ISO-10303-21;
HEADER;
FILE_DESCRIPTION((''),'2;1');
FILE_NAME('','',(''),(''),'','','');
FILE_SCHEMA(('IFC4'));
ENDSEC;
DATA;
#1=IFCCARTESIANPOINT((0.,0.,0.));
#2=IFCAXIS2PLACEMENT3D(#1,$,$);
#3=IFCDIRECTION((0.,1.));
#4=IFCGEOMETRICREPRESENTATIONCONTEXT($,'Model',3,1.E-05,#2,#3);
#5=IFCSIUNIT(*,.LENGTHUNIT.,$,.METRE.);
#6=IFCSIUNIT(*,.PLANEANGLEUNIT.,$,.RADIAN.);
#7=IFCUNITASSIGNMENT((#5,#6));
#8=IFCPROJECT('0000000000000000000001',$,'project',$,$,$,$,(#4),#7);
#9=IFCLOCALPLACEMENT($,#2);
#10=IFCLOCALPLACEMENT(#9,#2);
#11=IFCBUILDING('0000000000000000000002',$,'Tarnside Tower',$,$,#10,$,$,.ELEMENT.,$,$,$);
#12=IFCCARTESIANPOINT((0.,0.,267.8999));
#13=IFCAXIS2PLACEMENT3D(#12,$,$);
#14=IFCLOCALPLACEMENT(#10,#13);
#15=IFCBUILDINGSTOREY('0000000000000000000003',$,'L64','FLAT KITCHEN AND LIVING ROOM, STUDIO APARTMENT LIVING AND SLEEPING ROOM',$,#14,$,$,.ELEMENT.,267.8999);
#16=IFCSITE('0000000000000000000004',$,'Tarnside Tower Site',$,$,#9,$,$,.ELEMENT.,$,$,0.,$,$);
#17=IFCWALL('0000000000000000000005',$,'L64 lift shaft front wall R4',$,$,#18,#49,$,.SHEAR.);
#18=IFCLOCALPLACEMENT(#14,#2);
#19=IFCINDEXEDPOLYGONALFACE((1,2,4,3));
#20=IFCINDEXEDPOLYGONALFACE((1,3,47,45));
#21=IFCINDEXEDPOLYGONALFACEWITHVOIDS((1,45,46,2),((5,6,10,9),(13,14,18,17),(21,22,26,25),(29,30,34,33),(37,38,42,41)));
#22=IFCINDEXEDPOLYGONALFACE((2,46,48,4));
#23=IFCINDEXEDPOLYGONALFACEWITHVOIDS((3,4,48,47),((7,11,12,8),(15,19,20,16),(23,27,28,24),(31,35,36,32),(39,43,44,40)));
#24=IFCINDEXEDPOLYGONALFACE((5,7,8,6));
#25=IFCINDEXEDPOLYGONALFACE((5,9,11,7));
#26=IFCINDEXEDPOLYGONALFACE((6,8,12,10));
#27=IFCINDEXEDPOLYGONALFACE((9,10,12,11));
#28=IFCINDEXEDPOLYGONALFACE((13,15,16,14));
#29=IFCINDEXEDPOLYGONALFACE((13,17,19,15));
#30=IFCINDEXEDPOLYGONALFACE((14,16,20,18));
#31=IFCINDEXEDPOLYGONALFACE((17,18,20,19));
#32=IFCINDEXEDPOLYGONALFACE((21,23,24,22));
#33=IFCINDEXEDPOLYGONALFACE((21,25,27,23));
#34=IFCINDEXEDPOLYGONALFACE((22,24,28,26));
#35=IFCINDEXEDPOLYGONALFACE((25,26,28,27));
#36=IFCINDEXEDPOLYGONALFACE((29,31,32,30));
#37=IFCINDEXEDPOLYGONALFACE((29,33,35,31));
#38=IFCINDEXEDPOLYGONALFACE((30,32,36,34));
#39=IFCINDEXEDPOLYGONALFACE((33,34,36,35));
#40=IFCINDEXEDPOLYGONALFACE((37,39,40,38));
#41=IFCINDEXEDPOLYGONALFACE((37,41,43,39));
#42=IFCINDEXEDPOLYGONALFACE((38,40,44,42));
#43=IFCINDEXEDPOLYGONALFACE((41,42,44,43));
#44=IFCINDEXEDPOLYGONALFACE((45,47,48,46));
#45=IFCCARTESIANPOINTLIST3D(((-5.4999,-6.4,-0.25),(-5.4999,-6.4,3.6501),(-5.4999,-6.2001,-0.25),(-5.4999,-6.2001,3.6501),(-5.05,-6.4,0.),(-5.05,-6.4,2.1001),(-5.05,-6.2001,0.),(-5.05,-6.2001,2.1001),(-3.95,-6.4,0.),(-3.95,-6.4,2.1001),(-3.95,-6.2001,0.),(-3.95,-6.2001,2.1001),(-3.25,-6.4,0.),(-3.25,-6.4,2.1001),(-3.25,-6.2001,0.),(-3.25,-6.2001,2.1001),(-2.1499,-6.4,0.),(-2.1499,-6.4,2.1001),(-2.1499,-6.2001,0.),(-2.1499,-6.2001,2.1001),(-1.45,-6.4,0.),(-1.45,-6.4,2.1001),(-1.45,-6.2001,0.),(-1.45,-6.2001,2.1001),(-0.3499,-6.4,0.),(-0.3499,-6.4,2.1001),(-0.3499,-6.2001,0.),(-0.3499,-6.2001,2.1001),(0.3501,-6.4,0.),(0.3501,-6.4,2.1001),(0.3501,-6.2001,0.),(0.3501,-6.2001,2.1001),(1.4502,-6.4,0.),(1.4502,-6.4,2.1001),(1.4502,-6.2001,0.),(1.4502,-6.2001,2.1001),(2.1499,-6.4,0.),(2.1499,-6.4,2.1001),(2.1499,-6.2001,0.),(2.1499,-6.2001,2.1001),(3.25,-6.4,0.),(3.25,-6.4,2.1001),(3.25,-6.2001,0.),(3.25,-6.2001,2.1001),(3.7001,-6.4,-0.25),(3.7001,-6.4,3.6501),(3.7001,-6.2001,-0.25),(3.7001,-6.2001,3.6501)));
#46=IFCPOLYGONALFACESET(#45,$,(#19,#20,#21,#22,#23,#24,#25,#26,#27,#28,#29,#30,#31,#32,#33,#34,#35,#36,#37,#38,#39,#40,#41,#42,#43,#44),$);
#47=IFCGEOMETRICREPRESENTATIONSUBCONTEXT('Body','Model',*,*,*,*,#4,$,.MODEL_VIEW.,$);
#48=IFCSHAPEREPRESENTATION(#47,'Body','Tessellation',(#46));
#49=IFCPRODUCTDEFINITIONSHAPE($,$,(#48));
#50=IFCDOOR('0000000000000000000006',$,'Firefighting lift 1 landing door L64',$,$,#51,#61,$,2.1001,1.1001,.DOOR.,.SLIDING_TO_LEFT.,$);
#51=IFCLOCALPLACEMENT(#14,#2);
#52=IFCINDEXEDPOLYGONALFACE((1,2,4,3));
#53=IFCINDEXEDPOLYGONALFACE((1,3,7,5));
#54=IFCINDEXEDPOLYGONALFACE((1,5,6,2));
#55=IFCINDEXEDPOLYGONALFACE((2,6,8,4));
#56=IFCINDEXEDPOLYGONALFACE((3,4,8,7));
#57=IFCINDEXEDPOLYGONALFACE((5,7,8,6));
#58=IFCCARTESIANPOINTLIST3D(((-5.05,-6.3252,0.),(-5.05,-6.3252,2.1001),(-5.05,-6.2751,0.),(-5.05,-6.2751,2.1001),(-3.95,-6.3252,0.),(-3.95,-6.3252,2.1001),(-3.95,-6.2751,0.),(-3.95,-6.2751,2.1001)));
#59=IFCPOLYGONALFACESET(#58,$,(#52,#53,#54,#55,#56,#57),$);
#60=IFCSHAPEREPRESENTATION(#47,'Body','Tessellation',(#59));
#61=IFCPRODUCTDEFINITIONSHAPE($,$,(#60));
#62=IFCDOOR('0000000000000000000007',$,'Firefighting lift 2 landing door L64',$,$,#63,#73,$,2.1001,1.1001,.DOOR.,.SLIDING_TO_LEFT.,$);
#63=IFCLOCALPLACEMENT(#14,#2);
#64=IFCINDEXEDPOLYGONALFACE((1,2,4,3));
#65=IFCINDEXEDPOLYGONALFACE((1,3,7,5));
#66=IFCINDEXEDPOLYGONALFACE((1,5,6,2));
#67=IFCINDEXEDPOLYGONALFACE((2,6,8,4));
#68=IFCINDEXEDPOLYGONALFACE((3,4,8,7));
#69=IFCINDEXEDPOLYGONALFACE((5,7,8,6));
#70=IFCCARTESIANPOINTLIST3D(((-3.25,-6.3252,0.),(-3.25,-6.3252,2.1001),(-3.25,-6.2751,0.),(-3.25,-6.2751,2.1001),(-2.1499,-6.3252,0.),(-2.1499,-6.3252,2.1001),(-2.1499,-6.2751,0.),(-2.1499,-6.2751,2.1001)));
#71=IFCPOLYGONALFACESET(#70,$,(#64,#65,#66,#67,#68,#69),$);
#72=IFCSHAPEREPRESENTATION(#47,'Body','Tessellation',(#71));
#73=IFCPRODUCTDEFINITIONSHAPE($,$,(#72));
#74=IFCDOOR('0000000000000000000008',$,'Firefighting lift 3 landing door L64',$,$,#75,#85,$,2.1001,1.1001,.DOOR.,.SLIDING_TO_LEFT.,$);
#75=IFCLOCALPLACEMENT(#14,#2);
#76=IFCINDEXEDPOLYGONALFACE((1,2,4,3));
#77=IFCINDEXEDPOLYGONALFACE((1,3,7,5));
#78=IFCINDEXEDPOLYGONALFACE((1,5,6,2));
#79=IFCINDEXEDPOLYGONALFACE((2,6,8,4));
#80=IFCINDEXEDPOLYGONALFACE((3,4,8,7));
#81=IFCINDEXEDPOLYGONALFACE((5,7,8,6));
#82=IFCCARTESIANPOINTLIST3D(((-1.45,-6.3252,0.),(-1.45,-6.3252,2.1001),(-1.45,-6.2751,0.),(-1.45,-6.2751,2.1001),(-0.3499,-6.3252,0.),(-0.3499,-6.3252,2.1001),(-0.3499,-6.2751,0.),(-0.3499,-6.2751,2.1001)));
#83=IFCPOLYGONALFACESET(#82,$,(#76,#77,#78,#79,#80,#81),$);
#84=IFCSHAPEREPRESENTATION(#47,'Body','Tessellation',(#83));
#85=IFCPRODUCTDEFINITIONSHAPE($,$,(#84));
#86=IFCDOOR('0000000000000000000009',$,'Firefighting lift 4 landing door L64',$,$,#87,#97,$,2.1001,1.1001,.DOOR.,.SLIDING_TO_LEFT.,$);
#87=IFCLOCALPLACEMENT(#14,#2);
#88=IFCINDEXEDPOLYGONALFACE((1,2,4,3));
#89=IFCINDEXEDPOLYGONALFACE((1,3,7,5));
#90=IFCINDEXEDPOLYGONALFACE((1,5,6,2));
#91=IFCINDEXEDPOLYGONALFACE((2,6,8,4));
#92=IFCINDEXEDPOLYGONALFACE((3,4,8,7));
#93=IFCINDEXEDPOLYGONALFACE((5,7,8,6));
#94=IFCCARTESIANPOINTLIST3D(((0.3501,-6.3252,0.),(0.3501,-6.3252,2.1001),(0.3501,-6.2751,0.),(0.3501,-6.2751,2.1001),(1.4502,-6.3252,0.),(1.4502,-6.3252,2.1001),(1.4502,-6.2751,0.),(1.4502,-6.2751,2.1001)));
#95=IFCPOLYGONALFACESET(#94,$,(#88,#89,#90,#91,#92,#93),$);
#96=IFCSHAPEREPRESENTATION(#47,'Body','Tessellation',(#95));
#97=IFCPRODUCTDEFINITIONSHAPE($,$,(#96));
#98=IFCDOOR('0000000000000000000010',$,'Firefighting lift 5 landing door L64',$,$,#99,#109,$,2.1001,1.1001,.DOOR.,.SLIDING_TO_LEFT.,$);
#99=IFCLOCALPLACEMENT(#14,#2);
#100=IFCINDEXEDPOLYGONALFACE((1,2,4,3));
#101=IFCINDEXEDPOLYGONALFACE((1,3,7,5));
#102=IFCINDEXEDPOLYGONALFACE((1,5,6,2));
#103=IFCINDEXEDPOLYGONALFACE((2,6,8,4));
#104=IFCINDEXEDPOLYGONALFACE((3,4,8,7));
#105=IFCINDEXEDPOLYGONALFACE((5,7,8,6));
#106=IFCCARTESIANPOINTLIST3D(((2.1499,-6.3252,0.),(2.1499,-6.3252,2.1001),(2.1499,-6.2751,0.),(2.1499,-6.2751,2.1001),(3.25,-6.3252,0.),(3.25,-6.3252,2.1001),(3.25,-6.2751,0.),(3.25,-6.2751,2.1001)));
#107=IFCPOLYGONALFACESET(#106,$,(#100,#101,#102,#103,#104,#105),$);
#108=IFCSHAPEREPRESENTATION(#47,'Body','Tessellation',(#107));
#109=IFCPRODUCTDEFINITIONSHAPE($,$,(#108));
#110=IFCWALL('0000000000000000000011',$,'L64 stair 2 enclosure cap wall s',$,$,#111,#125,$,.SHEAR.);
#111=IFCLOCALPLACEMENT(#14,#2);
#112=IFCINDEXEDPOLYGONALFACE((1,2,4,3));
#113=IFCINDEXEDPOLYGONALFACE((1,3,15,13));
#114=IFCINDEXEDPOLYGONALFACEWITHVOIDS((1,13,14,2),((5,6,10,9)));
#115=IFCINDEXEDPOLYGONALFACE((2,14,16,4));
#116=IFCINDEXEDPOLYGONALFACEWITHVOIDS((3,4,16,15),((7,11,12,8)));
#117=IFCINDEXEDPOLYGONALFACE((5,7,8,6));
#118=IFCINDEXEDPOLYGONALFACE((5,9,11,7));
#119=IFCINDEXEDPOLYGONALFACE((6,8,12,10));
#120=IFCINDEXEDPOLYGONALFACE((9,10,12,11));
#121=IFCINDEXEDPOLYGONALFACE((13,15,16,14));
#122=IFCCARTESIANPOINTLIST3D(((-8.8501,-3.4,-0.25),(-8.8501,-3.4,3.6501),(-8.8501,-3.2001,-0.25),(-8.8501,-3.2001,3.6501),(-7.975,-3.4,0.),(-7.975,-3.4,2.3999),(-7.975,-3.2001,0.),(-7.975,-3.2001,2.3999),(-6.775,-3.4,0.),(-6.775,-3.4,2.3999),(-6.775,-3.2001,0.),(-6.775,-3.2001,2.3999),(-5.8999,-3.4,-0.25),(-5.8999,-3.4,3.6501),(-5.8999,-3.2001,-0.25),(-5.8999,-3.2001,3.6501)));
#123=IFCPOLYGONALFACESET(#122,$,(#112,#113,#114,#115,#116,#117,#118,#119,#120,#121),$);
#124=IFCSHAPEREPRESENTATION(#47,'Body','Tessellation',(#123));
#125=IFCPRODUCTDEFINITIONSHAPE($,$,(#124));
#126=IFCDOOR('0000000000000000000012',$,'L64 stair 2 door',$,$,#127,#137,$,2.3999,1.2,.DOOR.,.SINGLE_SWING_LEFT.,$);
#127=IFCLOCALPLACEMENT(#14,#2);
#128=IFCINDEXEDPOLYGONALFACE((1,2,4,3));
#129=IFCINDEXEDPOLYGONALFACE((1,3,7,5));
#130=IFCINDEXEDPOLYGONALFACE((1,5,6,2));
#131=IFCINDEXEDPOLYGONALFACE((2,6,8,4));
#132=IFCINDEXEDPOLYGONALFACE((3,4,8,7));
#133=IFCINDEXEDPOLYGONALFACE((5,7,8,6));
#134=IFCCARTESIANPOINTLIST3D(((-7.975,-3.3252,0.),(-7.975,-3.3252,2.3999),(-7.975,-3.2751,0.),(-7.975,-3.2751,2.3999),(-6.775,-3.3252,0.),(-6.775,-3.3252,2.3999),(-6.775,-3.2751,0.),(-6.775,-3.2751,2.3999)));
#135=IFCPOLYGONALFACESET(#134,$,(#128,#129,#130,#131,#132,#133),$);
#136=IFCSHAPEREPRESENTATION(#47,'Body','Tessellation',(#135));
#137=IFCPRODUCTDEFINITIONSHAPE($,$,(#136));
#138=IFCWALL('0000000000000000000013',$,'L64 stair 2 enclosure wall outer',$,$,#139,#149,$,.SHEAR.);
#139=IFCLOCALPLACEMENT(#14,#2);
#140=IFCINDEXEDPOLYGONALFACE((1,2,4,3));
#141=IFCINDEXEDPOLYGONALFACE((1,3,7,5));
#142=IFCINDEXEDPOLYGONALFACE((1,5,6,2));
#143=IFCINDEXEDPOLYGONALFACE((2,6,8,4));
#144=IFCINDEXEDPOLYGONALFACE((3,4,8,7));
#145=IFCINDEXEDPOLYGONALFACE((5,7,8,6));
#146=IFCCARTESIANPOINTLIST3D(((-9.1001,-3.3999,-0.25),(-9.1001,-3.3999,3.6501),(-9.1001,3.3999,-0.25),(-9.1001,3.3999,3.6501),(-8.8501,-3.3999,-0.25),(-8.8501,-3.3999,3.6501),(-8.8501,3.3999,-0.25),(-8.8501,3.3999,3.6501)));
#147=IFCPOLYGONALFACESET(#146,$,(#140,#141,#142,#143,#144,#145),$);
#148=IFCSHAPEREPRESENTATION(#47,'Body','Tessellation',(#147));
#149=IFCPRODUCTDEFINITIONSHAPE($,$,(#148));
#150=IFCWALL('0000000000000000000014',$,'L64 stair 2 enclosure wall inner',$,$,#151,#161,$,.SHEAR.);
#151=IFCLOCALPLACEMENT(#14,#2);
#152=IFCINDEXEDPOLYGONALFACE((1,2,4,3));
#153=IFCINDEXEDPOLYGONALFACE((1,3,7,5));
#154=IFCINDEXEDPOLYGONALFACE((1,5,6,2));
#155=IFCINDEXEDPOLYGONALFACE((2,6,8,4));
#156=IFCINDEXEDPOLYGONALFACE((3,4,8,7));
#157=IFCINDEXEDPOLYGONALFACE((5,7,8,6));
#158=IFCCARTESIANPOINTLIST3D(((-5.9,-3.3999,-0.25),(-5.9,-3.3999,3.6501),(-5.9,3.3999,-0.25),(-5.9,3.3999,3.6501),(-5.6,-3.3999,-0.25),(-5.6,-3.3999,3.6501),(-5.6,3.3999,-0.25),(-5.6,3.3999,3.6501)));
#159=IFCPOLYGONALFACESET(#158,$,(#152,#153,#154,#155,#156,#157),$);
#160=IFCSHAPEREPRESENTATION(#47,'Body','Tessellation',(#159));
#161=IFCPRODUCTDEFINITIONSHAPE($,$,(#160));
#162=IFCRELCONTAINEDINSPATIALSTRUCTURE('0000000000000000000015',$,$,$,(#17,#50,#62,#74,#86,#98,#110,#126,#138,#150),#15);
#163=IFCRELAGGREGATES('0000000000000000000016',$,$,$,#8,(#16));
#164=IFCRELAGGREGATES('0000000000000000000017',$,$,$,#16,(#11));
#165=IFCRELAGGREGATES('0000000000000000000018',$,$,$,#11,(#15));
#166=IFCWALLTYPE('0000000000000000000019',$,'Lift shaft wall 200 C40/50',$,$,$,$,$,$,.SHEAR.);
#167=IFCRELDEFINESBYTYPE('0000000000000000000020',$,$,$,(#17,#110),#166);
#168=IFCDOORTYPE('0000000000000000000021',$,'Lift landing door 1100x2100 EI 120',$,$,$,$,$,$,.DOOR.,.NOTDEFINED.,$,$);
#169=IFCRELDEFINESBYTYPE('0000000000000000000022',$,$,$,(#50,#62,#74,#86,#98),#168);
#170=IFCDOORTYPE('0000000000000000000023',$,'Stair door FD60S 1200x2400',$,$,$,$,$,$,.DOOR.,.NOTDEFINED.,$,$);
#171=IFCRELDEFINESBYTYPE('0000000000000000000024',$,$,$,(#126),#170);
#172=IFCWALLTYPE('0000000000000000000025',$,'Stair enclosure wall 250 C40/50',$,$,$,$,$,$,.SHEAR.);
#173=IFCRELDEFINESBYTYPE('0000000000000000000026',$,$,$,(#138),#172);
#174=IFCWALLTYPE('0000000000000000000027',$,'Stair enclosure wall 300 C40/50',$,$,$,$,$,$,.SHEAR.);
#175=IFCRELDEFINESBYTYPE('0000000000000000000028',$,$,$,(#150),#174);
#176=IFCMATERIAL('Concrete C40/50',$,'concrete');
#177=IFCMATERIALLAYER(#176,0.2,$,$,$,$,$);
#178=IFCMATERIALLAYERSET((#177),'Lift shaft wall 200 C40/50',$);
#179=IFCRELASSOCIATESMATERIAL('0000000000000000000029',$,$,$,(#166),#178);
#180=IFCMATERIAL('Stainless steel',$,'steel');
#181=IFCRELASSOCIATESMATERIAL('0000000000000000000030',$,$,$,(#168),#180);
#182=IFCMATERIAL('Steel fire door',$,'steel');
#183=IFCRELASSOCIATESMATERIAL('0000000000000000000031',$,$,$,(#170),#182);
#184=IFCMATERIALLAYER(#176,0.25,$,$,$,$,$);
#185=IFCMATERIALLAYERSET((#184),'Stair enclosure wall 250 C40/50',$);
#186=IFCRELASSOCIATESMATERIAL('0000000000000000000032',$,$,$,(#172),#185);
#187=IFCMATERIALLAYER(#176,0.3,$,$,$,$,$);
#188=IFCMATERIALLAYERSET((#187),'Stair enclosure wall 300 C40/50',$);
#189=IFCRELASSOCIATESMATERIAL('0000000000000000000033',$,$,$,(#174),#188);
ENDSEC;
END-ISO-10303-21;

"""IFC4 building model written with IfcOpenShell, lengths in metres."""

from ifc_helpers import new_model, si_unit, direction, frame, frame_2d, origin, place, context, subcontext, project, spatial, rectangle, extrude, material, layer, layer_set, type_object, element, fill, save


model = new_model("IFC4")

# Units and contexts
model_context = context("Model", 3, precision=1e-05, world=origin(), true_north=direction((0.0, 1.0)))
body_context = subcontext(model_context, "Body", "Model", "MODEL_VIEW")
ifc_project = project(units=[si_unit("LENGTHUNIT", "METRE"), si_unit("PLANEANGLEUNIT", "RADIAN")], contexts=[model_context])

# Site, building, storey
site_placement = place(None, origin())
site = spatial("IfcSite", under=ifc_project, at=site_placement, Name="Tarnside Tower Site", CompositionType="ELEMENT", RefElevation=0.0)
building_placement = place(site_placement, origin())
building = spatial("IfcBuilding", under=site, at=building_placement, Name="Tarnside Tower", CompositionType="ELEMENT")
storey_placement = place(building_placement, frame((0.0, 0.0, 267.8999)))
storey = spatial("IfcBuildingStorey", under=building, at=storey_placement, Name="L64", Description="FLAT KITCHEN AND LIVING ROOM, STUDIO APARTMENT LIVING AND SLEEPING ROOM", CompositionType="ELEMENT", Elevation=267.8999)

# Shared definitions
ifc_material_1 = material(Name="Concrete C40/50", Category="concrete")

# Shared definitions
ifc_material_2 = material(Name="Steel fire door", Category="steel")

# Wall, openings, doors
ifc_layer_1 = layer(ifc_material_1, 0.2)
ifc_layer_set_1 = layer_set([ifc_layer_1], Name="Lift shaft wall 200 C40/50")
wall_type_1 = type_object("IfcWallType", Name="Lift shaft wall 200 C40/50", PredefinedType="SHEAR", material=ifc_layer_set_1)
wall_1_placement = place(storey_placement, frame((-5.5, -6.3, -0.25), z_axis=(0.0, 0.0, 1.0), x_axis=(1.0, 0.0, 0.0)))
wall_1 = element("IfcWall", 1, at=wall_1_placement, inside=storey, type_object=wall_type_1, Name="L64 lift shaft front wall R4", PredefinedType="SHEAR", context=body_context, shape_type="SweptSolid", body=[
    extrude(rectangle(XDim=9.2, YDim=0.2, at=frame_2d((4.6001, 0.0))), origin(), (0.0, 0.0, 1.0), 3.9001),
])
opening_1_placement = place(wall_1_placement, frame((0.45, 0.0, 0.25)))
opening_1 = element("IfcOpeningElement", 2, at=opening_1_placement, cuts=wall_1, PredefinedType="OPENING", context=body_context, shape_type="SweptSolid", body=[
    extrude(rectangle(XDim=1.1001, YDim=2.1001, at=frame_2d((0.55, 1.05))), frame((0.0, 0.1099, 0.0), z_axis=(0.0, -1.0, 0.0), x_axis=(1.0, 0.0, 0.0)), (0.0, 0.0, 1.0), 0.22),
])
opening_2_placement = place(wall_1_placement, frame((2.25, 0.0, 0.25)))
opening_2 = element("IfcOpeningElement", 3, at=opening_2_placement, cuts=wall_1, PredefinedType="OPENING", context=body_context, shape_type="SweptSolid", body=[
    extrude(rectangle(XDim=1.1001, YDim=2.1001, at=frame_2d((0.55, 1.05))), frame((0.0, 0.1099, 0.0), z_axis=(0.0, -1.0, 0.0), x_axis=(1.0, 0.0, 0.0)), (0.0, 0.0, 1.0), 0.22),
])
opening_3_placement = place(wall_1_placement, frame((4.05, 0.0, 0.25)))
opening_3 = element("IfcOpeningElement", 4, at=opening_3_placement, cuts=wall_1, PredefinedType="OPENING", context=body_context, shape_type="SweptSolid", body=[
    extrude(rectangle(XDim=1.1001, YDim=2.1001, at=frame_2d((0.55, 1.05))), frame((0.0, 0.1099, 0.0), z_axis=(0.0, -1.0, 0.0), x_axis=(1.0, 0.0, 0.0)), (0.0, 0.0, 1.0), 0.22),
])
opening_4_placement = place(wall_1_placement, frame((5.8501, 0.0, 0.25)))
opening_4 = element("IfcOpeningElement", 5, at=opening_4_placement, cuts=wall_1, PredefinedType="OPENING", context=body_context, shape_type="SweptSolid", body=[
    extrude(rectangle(XDim=1.1001, YDim=2.1001, at=frame_2d((0.55, 1.05))), frame((0.0, 0.1099, 0.0), z_axis=(0.0, -1.0, 0.0), x_axis=(1.0, 0.0, 0.0)), (0.0, 0.0, 1.0), 0.22),
])
opening_5_placement = place(wall_1_placement, frame((7.6499, 0.0, 0.25)))
opening_5 = element("IfcOpeningElement", 6, at=opening_5_placement, cuts=wall_1, PredefinedType="OPENING", context=body_context, shape_type="SweptSolid", body=[
    extrude(rectangle(XDim=1.1001, YDim=2.1001, at=frame_2d((0.55, 1.05))), frame((0.0, 0.1099, 0.0), z_axis=(0.0, -1.0, 0.0), x_axis=(1.0, 0.0, 0.0)), (0.0, 0.0, 1.0), 0.22),
])
ifc_material_3 = material(Name="Stainless steel", Category="steel")
door_type_1 = type_object("IfcDoorType", Name="Lift landing door 1100x2100 EI 120", OperationType="NOTDEFINED", PredefinedType="DOOR", material=ifc_material_3)
door_1_placement = place(opening_1_placement, origin())
door_1 = element("IfcDoor", 7, at=door_1_placement, inside=storey, type_object=door_type_1, Name="Firefighting lift 1 landing door L64", OperationType="SLIDING_TO_LEFT", OverallHeight=2.1001, OverallWidth=1.1001, PredefinedType="DOOR", context=body_context, shape_type="SweptSolid", body=[
    extrude(rectangle(XDim=1.1001, YDim=2.1001, at=frame_2d((0.55, 1.05))), frame((0.0, 0.0249, 0.0), z_axis=(0.0, -1.0, 0.0), x_axis=(1.0, 0.0, 0.0)), (0.0, 0.0, 1.0), 0.05),
])
fill(opening_1, door_1)
door_2_placement = place(opening_2_placement, origin())
door_2 = element("IfcDoor", 8, at=door_2_placement, inside=storey, type_object=door_type_1, Name="Firefighting lift 2 landing door L64", OperationType="SLIDING_TO_LEFT", OverallHeight=2.1001, OverallWidth=1.1001, PredefinedType="DOOR", context=body_context, shape_type="SweptSolid", body=[
    extrude(rectangle(XDim=1.1001, YDim=2.1001, at=frame_2d((0.55, 1.05))), frame((0.0, 0.0249, 0.0), z_axis=(0.0, -1.0, 0.0), x_axis=(1.0, 0.0, 0.0)), (0.0, 0.0, 1.0), 0.05),
])
fill(opening_2, door_2)
door_3_placement = place(opening_3_placement, origin())
door_3 = element("IfcDoor", 9, at=door_3_placement, inside=storey, type_object=door_type_1, Name="Firefighting lift 3 landing door L64", OperationType="SLIDING_TO_LEFT", OverallHeight=2.1001, OverallWidth=1.1001, PredefinedType="DOOR", context=body_context, shape_type="SweptSolid", body=[
    extrude(rectangle(XDim=1.1001, YDim=2.1001, at=frame_2d((0.55, 1.05))), frame((0.0, 0.0249, 0.0), z_axis=(0.0, -1.0, 0.0), x_axis=(1.0, 0.0, 0.0)), (0.0, 0.0, 1.0), 0.05),
])
fill(opening_3, door_3)
door_4_placement = place(opening_4_placement, origin())
door_4 = element("IfcDoor", 10, at=door_4_placement, inside=storey, type_object=door_type_1, Name="Firefighting lift 4 landing door L64", OperationType="SLIDING_TO_LEFT", OverallHeight=2.1001, OverallWidth=1.1001, PredefinedType="DOOR", context=body_context, shape_type="SweptSolid", body=[
    extrude(rectangle(XDim=1.1001, YDim=2.1001, at=frame_2d((0.55, 1.05))), frame((0.0, 0.0249, 0.0), z_axis=(0.0, -1.0, 0.0), x_axis=(1.0, 0.0, 0.0)), (0.0, 0.0, 1.0), 0.05),
])
fill(opening_4, door_4)
door_5_placement = place(opening_5_placement, origin())
door_5 = element("IfcDoor", 11, at=door_5_placement, inside=storey, type_object=door_type_1, Name="Firefighting lift 5 landing door L64", OperationType="SLIDING_TO_LEFT", OverallHeight=2.1001, OverallWidth=1.1001, PredefinedType="DOOR", context=body_context, shape_type="SweptSolid", body=[
    extrude(rectangle(XDim=1.1001, YDim=2.1001, at=frame_2d((0.55, 1.05))), frame((0.0, 0.0249, 0.0), z_axis=(0.0, -1.0, 0.0), x_axis=(1.0, 0.0, 0.0)), (0.0, 0.0, 1.0), 0.05),
])
fill(opening_5, door_5)

# Wall, opening, door
wall_2_placement = place(storey_placement, frame((-8.8501, -3.3, -0.25), z_axis=(0.0, 0.0, 1.0), x_axis=(1.0, 0.0, 0.0)))
wall_2 = element("IfcWall", 12, at=wall_2_placement, inside=storey, type_object=wall_type_1, Name="L64 stair 2 enclosure cap wall s", PredefinedType="SHEAR", context=body_context, shape_type="SweptSolid", body=[
    extrude(rectangle(XDim=2.9502, YDim=0.2, at=frame_2d((1.4751, 0.0))), origin(), (0.0, 0.0, 1.0), 3.9001),
])
opening_6_placement = place(wall_2_placement, frame((0.875, 0.0, 0.25)))
opening_6 = element("IfcOpeningElement", 13, at=opening_6_placement, cuts=wall_2, PredefinedType="OPENING", context=body_context, shape_type="SweptSolid", body=[
    extrude(rectangle(XDim=1.2, YDim=2.3999, at=frame_2d((0.6001, 1.2))), frame((0.0, 0.1099, 0.0), z_axis=(0.0, -1.0, 0.0), x_axis=(1.0, 0.0, 0.0)), (0.0, 0.0, 1.0), 0.22),
])
door_type_2 = type_object("IfcDoorType", Name="Stair door FD60S 1200x2400", OperationType="NOTDEFINED", PredefinedType="DOOR", material=ifc_material_2)
door_6_placement = place(opening_6_placement, origin())
door_6 = element("IfcDoor", 14, at=door_6_placement, inside=storey, type_object=door_type_2, Name="L64 stair 2 door", OperationType="SINGLE_SWING_LEFT", OverallHeight=2.3999, OverallWidth=1.2, PredefinedType="DOOR", context=body_context, shape_type="SweptSolid", body=[
    extrude(rectangle(XDim=1.2, YDim=2.3999, at=frame_2d((0.6001, 1.2))), frame((0.0, 0.0249, 0.0), z_axis=(0.0, -1.0, 0.0), x_axis=(1.0, 0.0, 0.0)), (0.0, 0.0, 1.0), 0.05),
])
fill(opening_6, door_6)

# Walls
ifc_layer_2 = layer(ifc_material_1, 0.25)
ifc_layer_set_2 = layer_set([ifc_layer_2], Name="Stair enclosure wall 250 C40/50")
wall_type_2 = type_object("IfcWallType", Name="Stair enclosure wall 250 C40/50", PredefinedType="SHEAR", material=ifc_layer_set_2)
wall_3_placement = place(storey_placement, frame((-8.9751, -3.3999, -0.25), z_axis=(0.0, 0.0, 1.0), x_axis=(0.0, 1.0, 0.0)))
element("IfcWall", 15, at=wall_3_placement, inside=storey, type_object=wall_type_2, Name="L64 stair 2 enclosure wall outer", PredefinedType="SHEAR", context=body_context, shape_type="SweptSolid", body=[
    extrude(rectangle(XDim=6.7998, YDim=0.25, at=frame_2d((3.3999, 0.0))), origin(), (0.0, 0.0, 1.0), 3.9001),
])
ifc_layer_3 = layer(ifc_material_1, 0.3)
ifc_layer_set_3 = layer_set([ifc_layer_3], Name="Stair enclosure wall 300 C40/50")
wall_type_3 = type_object("IfcWallType", Name="Stair enclosure wall 300 C40/50", PredefinedType="SHEAR", material=ifc_layer_set_3)
wall_4_placement = place(storey_placement, frame((-5.75, -3.3999, -0.25), z_axis=(0.0, 0.0, 1.0), x_axis=(0.0, 1.0, 0.0)))
element("IfcWall", 16, at=wall_4_placement, inside=storey, type_object=wall_type_3, Name="L64 stair 2 enclosure wall inner", PredefinedType="SHEAR", context=body_context, shape_type="SweptSolid", body=[
    extrude(rectangle(XDim=6.7998, YDim=0.3, at=frame_2d((3.3999, 0.0))), origin(), (0.0, 0.0, 1.0), 3.9001),
])

save(model, "model.ifc")
